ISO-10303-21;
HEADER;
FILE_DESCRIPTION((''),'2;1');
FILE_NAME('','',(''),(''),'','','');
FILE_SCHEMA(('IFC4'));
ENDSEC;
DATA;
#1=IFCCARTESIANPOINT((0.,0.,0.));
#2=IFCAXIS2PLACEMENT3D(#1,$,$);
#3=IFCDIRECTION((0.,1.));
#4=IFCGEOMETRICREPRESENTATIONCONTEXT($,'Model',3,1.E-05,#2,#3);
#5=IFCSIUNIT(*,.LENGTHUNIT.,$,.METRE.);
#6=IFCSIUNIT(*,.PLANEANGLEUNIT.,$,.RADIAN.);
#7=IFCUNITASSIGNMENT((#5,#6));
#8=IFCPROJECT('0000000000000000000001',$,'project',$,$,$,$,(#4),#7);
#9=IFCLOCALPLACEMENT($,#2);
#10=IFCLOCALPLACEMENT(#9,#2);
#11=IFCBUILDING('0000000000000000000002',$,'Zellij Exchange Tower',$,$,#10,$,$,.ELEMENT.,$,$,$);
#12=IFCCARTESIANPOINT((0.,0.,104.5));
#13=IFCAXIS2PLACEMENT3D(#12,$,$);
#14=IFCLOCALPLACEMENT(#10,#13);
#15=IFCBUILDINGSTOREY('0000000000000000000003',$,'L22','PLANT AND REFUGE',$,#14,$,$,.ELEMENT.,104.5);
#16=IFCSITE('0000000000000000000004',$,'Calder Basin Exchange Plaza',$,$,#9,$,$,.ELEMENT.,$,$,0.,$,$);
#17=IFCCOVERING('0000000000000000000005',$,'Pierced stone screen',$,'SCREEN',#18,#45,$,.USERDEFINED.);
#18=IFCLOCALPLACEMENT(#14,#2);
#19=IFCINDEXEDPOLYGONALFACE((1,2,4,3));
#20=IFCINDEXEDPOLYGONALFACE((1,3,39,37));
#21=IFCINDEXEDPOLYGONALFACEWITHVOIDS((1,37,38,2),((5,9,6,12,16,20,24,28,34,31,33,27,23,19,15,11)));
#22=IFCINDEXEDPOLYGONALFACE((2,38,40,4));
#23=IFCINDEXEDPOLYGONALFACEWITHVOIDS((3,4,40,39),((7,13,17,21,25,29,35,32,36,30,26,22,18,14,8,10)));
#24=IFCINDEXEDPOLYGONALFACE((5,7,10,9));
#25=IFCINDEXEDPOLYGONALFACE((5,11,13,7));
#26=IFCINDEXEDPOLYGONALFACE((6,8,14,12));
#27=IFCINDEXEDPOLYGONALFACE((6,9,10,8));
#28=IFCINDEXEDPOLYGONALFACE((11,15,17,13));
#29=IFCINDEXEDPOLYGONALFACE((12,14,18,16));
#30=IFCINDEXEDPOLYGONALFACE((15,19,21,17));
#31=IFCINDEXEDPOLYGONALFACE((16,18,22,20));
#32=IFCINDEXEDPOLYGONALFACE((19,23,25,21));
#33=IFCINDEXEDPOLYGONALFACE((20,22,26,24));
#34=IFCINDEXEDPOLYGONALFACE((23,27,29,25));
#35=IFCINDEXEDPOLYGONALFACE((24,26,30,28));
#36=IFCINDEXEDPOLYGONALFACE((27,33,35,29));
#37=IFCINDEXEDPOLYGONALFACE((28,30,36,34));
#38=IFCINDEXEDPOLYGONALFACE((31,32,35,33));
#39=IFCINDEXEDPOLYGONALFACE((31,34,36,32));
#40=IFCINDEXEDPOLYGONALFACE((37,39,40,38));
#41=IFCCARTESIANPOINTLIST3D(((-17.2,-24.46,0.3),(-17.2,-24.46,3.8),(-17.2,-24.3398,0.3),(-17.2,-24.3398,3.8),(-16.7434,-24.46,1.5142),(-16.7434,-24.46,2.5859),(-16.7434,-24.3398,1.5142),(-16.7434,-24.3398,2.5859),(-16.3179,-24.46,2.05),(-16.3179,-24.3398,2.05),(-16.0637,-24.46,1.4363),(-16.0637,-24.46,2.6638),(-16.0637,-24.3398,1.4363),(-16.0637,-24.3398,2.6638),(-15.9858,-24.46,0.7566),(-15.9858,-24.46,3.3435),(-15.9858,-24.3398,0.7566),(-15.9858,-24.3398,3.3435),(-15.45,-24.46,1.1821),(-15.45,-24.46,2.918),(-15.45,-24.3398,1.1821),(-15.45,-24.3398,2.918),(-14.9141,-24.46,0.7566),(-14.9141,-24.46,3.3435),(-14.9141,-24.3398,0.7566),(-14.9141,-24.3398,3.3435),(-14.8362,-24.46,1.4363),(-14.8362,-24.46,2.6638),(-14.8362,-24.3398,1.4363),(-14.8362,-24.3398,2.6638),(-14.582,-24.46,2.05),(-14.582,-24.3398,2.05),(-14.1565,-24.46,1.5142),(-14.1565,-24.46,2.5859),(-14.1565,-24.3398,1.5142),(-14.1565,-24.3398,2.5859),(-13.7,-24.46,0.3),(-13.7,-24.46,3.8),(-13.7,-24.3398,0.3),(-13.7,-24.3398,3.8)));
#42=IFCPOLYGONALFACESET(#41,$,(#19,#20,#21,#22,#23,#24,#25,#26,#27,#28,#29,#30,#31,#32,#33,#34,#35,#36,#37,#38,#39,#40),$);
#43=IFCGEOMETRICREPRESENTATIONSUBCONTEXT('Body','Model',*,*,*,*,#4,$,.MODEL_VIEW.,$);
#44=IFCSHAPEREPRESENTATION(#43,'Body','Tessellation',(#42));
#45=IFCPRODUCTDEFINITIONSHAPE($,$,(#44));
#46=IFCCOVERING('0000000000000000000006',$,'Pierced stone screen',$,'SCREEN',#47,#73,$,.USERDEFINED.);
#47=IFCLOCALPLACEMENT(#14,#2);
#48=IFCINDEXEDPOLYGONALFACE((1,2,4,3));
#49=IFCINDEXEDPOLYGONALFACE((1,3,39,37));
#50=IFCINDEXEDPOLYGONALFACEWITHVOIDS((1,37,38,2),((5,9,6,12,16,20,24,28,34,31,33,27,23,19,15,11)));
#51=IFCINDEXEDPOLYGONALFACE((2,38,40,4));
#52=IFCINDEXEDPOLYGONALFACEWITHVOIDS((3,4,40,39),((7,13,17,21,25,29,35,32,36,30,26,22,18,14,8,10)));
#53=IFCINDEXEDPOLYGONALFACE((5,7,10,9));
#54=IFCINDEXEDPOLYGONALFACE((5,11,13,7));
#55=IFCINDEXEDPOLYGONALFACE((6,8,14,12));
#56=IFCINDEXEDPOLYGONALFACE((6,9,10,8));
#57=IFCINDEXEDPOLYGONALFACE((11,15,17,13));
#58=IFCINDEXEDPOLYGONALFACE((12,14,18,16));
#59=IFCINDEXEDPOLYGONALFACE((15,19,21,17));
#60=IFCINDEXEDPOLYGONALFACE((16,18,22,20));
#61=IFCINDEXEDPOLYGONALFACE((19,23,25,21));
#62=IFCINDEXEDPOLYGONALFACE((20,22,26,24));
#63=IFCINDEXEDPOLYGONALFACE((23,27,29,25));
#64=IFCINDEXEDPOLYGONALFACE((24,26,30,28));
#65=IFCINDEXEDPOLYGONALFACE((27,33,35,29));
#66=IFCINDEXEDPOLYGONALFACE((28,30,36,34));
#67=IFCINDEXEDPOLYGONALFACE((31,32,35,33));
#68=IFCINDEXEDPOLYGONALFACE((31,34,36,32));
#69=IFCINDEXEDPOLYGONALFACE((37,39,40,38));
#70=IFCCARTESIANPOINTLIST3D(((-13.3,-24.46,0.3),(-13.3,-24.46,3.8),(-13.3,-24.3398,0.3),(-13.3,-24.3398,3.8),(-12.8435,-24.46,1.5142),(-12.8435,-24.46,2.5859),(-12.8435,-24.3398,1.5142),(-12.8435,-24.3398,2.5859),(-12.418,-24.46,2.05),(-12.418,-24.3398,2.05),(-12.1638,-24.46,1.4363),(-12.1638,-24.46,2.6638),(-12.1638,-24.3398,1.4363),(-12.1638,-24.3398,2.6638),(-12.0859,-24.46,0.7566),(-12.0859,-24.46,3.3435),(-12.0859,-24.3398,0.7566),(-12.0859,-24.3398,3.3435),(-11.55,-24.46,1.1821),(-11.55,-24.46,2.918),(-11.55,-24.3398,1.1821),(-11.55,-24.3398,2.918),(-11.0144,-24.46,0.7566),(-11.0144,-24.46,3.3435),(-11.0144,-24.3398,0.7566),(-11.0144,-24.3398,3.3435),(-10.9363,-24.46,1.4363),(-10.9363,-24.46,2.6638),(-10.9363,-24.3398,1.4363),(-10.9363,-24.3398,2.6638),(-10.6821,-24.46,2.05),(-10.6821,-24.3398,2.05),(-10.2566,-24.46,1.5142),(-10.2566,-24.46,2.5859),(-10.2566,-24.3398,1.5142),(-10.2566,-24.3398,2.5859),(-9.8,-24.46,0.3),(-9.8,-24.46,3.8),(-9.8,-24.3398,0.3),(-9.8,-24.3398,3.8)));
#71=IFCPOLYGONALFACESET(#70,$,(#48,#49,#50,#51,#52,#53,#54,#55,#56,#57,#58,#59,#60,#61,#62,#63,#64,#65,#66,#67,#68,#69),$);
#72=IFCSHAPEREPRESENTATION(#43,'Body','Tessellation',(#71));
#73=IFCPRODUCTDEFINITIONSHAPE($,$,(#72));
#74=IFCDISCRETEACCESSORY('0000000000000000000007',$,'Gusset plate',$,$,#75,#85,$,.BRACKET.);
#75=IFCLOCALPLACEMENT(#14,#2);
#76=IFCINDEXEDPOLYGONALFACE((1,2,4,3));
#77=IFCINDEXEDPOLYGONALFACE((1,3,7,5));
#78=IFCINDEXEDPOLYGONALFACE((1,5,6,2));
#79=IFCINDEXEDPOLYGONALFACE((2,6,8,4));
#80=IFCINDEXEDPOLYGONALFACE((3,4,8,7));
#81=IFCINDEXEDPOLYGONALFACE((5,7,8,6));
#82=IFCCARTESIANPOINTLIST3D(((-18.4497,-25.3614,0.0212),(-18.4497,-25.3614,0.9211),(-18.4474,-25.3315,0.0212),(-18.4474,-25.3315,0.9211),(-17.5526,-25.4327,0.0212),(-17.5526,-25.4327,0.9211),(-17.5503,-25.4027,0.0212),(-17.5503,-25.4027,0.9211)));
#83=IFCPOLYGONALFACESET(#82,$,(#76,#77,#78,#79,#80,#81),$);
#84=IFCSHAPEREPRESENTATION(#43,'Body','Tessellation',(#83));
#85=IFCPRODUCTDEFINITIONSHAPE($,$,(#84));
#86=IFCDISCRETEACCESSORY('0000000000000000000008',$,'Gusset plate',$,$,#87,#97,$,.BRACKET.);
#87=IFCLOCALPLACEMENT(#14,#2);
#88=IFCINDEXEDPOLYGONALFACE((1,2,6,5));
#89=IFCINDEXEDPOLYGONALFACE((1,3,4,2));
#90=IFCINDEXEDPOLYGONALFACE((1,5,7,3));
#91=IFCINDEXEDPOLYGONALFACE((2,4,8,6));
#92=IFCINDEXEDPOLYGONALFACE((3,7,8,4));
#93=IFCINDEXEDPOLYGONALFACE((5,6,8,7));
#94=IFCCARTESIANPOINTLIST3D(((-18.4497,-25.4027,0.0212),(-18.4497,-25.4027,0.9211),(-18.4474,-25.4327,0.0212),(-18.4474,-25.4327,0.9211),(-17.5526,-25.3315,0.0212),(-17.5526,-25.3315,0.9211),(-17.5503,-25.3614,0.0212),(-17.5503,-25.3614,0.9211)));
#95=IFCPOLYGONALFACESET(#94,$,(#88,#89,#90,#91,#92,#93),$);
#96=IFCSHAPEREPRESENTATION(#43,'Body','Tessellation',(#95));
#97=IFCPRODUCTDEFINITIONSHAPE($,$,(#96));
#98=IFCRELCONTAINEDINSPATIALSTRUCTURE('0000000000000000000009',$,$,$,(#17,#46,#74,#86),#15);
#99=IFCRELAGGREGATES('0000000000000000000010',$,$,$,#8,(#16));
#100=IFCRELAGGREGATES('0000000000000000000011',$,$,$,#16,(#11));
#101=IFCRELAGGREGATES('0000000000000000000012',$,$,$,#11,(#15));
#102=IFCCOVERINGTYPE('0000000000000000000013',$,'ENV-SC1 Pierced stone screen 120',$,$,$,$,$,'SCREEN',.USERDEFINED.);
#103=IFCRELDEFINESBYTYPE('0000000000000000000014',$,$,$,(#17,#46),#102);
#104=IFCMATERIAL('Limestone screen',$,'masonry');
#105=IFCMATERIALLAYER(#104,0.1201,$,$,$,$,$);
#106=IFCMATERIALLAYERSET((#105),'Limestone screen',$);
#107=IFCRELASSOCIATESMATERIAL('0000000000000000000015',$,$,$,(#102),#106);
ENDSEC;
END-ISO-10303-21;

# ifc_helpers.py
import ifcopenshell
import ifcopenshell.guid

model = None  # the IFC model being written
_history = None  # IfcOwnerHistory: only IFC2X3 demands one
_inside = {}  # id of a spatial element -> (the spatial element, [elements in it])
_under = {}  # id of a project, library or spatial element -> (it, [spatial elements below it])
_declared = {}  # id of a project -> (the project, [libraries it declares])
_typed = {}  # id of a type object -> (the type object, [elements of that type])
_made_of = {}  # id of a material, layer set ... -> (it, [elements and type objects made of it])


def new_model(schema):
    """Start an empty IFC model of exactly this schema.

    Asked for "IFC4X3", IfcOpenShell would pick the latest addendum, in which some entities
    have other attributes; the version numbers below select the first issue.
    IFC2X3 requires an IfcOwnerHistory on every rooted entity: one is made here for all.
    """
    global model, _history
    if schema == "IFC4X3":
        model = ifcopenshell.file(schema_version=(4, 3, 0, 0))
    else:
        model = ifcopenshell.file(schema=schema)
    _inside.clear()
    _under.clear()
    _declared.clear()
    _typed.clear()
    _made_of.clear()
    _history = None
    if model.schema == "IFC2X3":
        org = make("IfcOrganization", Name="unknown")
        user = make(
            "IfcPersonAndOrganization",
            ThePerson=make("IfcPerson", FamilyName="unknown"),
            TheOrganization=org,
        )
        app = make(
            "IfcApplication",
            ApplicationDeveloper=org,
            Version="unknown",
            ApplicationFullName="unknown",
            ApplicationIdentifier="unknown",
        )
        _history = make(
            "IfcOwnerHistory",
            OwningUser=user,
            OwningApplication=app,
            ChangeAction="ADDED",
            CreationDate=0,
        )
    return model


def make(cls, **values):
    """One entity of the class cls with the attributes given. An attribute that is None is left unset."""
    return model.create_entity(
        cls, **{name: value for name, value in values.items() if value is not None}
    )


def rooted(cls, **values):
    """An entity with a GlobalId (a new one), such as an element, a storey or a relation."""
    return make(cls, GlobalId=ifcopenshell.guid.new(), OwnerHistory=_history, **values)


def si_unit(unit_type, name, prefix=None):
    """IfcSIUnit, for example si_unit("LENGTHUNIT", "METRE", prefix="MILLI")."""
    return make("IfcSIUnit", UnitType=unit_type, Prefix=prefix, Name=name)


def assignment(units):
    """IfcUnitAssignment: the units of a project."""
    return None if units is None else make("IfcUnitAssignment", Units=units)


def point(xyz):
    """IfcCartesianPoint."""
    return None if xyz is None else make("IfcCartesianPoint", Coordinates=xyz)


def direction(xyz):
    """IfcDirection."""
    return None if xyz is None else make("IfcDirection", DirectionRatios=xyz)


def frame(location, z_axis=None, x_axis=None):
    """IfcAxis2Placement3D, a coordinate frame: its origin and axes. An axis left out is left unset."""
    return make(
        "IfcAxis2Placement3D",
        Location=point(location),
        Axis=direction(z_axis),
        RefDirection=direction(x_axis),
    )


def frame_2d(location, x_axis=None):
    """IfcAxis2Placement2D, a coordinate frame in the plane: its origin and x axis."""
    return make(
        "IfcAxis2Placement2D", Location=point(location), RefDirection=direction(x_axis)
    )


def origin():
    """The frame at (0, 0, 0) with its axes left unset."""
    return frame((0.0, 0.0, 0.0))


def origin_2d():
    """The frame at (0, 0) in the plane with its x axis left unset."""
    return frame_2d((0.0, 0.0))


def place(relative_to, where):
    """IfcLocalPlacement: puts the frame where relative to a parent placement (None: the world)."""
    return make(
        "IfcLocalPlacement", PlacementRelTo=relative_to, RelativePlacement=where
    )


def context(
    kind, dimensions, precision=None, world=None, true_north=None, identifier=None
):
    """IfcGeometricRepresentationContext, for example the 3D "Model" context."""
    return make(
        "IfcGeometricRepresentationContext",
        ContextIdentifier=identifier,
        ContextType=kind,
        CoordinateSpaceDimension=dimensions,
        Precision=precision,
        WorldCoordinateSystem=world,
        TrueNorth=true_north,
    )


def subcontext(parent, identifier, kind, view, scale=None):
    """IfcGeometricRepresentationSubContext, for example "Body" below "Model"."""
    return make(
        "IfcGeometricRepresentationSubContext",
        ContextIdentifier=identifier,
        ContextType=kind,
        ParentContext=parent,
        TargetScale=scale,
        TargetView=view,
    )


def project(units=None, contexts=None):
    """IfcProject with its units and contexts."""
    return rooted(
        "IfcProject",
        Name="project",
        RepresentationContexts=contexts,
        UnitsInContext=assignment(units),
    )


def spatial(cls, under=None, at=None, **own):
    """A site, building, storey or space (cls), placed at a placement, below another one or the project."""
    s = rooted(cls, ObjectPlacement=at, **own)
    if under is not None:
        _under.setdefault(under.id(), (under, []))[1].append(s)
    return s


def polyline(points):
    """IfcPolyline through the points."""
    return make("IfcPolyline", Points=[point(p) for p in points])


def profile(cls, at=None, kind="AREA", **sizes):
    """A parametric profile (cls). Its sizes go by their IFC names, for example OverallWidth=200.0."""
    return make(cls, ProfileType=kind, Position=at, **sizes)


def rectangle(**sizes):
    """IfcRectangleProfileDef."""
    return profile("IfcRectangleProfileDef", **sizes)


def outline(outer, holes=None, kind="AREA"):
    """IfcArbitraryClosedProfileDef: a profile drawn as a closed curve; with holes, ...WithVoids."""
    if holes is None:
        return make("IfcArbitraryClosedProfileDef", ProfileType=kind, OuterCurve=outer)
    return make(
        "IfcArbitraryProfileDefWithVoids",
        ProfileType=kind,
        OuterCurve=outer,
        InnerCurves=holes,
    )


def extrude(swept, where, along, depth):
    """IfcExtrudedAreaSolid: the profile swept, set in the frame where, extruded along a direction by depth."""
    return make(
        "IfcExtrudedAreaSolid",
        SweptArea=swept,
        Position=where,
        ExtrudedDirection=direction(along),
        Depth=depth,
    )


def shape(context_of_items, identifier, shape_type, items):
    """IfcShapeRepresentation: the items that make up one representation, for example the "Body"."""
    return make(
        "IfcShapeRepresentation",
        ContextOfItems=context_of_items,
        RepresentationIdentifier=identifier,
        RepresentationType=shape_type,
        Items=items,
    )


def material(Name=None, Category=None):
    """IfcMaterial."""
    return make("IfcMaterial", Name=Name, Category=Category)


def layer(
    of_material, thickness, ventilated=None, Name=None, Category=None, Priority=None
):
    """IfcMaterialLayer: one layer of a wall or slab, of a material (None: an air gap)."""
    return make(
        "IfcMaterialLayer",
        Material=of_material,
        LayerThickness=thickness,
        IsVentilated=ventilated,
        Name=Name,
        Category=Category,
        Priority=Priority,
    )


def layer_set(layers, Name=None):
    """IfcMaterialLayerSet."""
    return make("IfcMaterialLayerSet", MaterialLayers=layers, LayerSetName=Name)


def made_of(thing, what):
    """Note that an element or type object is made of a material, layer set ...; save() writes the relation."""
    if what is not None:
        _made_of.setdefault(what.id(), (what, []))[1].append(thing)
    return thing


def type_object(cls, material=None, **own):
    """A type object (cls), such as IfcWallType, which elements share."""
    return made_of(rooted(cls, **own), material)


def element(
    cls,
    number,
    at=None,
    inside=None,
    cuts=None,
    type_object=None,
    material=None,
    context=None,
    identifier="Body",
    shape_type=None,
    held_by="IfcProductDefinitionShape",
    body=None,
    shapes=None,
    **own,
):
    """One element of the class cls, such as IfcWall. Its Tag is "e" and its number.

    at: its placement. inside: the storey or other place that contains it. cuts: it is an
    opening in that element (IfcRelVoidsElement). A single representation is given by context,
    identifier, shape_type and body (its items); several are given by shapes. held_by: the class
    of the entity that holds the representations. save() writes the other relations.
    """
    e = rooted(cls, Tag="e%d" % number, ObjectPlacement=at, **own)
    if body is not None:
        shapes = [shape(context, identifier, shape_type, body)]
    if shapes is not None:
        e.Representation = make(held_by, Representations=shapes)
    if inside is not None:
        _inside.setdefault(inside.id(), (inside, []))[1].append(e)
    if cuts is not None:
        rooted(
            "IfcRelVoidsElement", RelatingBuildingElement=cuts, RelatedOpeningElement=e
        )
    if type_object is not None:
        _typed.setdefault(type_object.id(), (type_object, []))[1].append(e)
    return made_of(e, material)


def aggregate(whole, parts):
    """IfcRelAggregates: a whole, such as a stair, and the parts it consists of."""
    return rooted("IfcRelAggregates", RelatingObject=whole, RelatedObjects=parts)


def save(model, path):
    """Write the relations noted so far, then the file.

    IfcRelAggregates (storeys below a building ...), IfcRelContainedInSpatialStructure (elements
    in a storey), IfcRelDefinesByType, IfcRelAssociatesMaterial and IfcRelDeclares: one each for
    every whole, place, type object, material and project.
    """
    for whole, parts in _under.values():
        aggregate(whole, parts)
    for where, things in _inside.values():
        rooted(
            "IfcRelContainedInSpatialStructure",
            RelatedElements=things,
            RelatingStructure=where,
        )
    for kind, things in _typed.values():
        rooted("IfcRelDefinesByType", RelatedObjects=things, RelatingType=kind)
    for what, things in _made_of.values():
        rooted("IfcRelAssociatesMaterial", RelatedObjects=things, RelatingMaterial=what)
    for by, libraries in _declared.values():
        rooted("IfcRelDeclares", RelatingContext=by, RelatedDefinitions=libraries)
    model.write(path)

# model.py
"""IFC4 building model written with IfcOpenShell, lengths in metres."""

from ifc_helpers import new_model, si_unit, direction, frame, origin, origin_2d, place, context, subcontext, project, spatial, polyline, rectangle, outline, extrude, material, layer, layer_set, type_object, element, save


model = new_model("IFC4")

# Units and contexts
model_context = context("Model", 3, precision=1e-05, world=origin(), true_north=direction((0.0, 1.0)))
body_context = subcontext(model_context, "Body", "Model", "MODEL_VIEW")
ifc_project = project(units=[si_unit("LENGTHUNIT", "METRE"), si_unit("PLANEANGLEUNIT", "RADIAN")], contexts=[model_context])

# Site, building, storey
site_placement = place(None, origin())
site = spatial("IfcSite", under=ifc_project, at=site_placement, Name="Calder Basin Exchange Plaza", CompositionType="ELEMENT", RefElevation=0.0)
building_placement = place(site_placement, origin())
building = spatial("IfcBuilding", under=site, at=building_placement, Name="Zellij Exchange Tower", CompositionType="ELEMENT")
storey_placement = place(building_placement, frame((0.0, 0.0, 104.5)))
storey = spatial("IfcBuildingStorey", under=building, at=storey_placement, Name="L22", Description="PLANT AND REFUGE", CompositionType="ELEMENT", Elevation=104.5)

# Coverings
ifc_material_1 = material(Name="Limestone screen", Category="masonry")
ifc_layer_1 = layer(ifc_material_1, 0.1201)
ifc_layer_set_1 = layer_set([ifc_layer_1], Name="Limestone screen")
covering_type_1 = type_object("IfcCoveringType", Name="ENV-SC1 Pierced stone screen 120", ElementType="SCREEN", PredefinedType="USERDEFINED", material=ifc_layer_set_1)
covering_1_placement = place(storey_placement, frame((-17.2, -24.3999, 0.3), z_axis=(0.0, 0.0, 1.0), x_axis=(1.0, 0.0, 0.0)))
element("IfcCovering", 1, at=covering_1_placement, inside=storey, type_object=covering_type_1, Name="Pierced stone screen", ObjectType="SCREEN", PredefinedType="USERDEFINED", context=body_context, shape_type="SweptSolid", body=[
    extrude(outline(polyline([(0.0, 0.0), (3.5, 0.0), (3.5, 3.5), (0.0, 3.5), (0.0, 0.0)]), holes=[polyline([(3.0435, 2.2859), (2.3638, 2.3638), (2.2859, 3.0435), (1.75, 2.6179), (1.2141, 3.0435), (1.1362, 2.3638), (0.4565, 2.2859), (0.8821, 1.75), (0.4565, 1.2141), (1.1362, 1.1362), (1.2141, 0.4565), (1.75, 0.8821), (2.2859, 0.4565), (2.3638, 1.1362), (3.0435, 1.2141), (2.6179, 1.75), (3.0435, 2.2859)])]), frame((0.0, 0.0601, 0.0), z_axis=(0.0, -1.0, 0.0), x_axis=(1.0, 0.0, 0.0)), (0.0, 0.0, 1.0), 0.1201),
])
covering_2_placement = place(storey_placement, frame((-13.3, -24.3999, 0.3), z_axis=(0.0, 0.0, 1.0), x_axis=(1.0, 0.0, 0.0)))
element("IfcCovering", 2, at=covering_2_placement, inside=storey, type_object=covering_type_1, Name="Pierced stone screen", ObjectType="SCREEN", PredefinedType="USERDEFINED", context=body_context, shape_type="SweptSolid", body=[
    extrude(outline(polyline([(0.0, 0.0), (3.5, 0.0), (3.5, 3.5), (0.0, 3.5), (0.0, 0.0)]), holes=[polyline([(3.0435, 2.2859), (2.3638, 2.3638), (2.2856, 3.0435), (1.75, 2.6179), (1.2141, 3.0435), (1.1362, 2.3638), (0.4565, 2.2859), (0.8821, 1.75), (0.4565, 1.2141), (1.1362, 1.1362), (1.2141, 0.4565), (1.75, 0.8821), (2.2856, 0.4565), (2.3638, 1.1362), (3.0435, 1.2141), (2.6179, 1.75), (3.0435, 2.2859)])]), frame((0.0, 0.0601, 0.0), z_axis=(0.0, -1.0, 0.0), x_axis=(1.0, 0.0, 0.0)), (0.0, 0.0, 1.0), 0.1201),
])

# Discrete accessories
for number, where, z_axis, x_axis, name in (
    (3, (-18.0, -25.3821, 0.0212), (0.0, 0.0, 1.0), (0.996864, -0.079129, 0.0), "Gusset plate"),
    (4, (-18.0, -25.3821, 0.0212), (0.0, 0.0, 1.0), (0.996864, 0.079129, 0.0), "Gusset plate"),
):
    element("IfcDiscreteAccessory", number, at=place(storey_placement, frame(where, z_axis=z_axis, x_axis=x_axis)), inside=storey, Name=name, PredefinedType="BRACKET", context=body_context, shape_type="SweptSolid", body=[
        extrude(rectangle(XDim=0.8999, YDim=0.03, at=origin_2d()), origin(), (0.0, 0.0, 1.0), 0.8999),
    ])

save(model, "model.ifc")
